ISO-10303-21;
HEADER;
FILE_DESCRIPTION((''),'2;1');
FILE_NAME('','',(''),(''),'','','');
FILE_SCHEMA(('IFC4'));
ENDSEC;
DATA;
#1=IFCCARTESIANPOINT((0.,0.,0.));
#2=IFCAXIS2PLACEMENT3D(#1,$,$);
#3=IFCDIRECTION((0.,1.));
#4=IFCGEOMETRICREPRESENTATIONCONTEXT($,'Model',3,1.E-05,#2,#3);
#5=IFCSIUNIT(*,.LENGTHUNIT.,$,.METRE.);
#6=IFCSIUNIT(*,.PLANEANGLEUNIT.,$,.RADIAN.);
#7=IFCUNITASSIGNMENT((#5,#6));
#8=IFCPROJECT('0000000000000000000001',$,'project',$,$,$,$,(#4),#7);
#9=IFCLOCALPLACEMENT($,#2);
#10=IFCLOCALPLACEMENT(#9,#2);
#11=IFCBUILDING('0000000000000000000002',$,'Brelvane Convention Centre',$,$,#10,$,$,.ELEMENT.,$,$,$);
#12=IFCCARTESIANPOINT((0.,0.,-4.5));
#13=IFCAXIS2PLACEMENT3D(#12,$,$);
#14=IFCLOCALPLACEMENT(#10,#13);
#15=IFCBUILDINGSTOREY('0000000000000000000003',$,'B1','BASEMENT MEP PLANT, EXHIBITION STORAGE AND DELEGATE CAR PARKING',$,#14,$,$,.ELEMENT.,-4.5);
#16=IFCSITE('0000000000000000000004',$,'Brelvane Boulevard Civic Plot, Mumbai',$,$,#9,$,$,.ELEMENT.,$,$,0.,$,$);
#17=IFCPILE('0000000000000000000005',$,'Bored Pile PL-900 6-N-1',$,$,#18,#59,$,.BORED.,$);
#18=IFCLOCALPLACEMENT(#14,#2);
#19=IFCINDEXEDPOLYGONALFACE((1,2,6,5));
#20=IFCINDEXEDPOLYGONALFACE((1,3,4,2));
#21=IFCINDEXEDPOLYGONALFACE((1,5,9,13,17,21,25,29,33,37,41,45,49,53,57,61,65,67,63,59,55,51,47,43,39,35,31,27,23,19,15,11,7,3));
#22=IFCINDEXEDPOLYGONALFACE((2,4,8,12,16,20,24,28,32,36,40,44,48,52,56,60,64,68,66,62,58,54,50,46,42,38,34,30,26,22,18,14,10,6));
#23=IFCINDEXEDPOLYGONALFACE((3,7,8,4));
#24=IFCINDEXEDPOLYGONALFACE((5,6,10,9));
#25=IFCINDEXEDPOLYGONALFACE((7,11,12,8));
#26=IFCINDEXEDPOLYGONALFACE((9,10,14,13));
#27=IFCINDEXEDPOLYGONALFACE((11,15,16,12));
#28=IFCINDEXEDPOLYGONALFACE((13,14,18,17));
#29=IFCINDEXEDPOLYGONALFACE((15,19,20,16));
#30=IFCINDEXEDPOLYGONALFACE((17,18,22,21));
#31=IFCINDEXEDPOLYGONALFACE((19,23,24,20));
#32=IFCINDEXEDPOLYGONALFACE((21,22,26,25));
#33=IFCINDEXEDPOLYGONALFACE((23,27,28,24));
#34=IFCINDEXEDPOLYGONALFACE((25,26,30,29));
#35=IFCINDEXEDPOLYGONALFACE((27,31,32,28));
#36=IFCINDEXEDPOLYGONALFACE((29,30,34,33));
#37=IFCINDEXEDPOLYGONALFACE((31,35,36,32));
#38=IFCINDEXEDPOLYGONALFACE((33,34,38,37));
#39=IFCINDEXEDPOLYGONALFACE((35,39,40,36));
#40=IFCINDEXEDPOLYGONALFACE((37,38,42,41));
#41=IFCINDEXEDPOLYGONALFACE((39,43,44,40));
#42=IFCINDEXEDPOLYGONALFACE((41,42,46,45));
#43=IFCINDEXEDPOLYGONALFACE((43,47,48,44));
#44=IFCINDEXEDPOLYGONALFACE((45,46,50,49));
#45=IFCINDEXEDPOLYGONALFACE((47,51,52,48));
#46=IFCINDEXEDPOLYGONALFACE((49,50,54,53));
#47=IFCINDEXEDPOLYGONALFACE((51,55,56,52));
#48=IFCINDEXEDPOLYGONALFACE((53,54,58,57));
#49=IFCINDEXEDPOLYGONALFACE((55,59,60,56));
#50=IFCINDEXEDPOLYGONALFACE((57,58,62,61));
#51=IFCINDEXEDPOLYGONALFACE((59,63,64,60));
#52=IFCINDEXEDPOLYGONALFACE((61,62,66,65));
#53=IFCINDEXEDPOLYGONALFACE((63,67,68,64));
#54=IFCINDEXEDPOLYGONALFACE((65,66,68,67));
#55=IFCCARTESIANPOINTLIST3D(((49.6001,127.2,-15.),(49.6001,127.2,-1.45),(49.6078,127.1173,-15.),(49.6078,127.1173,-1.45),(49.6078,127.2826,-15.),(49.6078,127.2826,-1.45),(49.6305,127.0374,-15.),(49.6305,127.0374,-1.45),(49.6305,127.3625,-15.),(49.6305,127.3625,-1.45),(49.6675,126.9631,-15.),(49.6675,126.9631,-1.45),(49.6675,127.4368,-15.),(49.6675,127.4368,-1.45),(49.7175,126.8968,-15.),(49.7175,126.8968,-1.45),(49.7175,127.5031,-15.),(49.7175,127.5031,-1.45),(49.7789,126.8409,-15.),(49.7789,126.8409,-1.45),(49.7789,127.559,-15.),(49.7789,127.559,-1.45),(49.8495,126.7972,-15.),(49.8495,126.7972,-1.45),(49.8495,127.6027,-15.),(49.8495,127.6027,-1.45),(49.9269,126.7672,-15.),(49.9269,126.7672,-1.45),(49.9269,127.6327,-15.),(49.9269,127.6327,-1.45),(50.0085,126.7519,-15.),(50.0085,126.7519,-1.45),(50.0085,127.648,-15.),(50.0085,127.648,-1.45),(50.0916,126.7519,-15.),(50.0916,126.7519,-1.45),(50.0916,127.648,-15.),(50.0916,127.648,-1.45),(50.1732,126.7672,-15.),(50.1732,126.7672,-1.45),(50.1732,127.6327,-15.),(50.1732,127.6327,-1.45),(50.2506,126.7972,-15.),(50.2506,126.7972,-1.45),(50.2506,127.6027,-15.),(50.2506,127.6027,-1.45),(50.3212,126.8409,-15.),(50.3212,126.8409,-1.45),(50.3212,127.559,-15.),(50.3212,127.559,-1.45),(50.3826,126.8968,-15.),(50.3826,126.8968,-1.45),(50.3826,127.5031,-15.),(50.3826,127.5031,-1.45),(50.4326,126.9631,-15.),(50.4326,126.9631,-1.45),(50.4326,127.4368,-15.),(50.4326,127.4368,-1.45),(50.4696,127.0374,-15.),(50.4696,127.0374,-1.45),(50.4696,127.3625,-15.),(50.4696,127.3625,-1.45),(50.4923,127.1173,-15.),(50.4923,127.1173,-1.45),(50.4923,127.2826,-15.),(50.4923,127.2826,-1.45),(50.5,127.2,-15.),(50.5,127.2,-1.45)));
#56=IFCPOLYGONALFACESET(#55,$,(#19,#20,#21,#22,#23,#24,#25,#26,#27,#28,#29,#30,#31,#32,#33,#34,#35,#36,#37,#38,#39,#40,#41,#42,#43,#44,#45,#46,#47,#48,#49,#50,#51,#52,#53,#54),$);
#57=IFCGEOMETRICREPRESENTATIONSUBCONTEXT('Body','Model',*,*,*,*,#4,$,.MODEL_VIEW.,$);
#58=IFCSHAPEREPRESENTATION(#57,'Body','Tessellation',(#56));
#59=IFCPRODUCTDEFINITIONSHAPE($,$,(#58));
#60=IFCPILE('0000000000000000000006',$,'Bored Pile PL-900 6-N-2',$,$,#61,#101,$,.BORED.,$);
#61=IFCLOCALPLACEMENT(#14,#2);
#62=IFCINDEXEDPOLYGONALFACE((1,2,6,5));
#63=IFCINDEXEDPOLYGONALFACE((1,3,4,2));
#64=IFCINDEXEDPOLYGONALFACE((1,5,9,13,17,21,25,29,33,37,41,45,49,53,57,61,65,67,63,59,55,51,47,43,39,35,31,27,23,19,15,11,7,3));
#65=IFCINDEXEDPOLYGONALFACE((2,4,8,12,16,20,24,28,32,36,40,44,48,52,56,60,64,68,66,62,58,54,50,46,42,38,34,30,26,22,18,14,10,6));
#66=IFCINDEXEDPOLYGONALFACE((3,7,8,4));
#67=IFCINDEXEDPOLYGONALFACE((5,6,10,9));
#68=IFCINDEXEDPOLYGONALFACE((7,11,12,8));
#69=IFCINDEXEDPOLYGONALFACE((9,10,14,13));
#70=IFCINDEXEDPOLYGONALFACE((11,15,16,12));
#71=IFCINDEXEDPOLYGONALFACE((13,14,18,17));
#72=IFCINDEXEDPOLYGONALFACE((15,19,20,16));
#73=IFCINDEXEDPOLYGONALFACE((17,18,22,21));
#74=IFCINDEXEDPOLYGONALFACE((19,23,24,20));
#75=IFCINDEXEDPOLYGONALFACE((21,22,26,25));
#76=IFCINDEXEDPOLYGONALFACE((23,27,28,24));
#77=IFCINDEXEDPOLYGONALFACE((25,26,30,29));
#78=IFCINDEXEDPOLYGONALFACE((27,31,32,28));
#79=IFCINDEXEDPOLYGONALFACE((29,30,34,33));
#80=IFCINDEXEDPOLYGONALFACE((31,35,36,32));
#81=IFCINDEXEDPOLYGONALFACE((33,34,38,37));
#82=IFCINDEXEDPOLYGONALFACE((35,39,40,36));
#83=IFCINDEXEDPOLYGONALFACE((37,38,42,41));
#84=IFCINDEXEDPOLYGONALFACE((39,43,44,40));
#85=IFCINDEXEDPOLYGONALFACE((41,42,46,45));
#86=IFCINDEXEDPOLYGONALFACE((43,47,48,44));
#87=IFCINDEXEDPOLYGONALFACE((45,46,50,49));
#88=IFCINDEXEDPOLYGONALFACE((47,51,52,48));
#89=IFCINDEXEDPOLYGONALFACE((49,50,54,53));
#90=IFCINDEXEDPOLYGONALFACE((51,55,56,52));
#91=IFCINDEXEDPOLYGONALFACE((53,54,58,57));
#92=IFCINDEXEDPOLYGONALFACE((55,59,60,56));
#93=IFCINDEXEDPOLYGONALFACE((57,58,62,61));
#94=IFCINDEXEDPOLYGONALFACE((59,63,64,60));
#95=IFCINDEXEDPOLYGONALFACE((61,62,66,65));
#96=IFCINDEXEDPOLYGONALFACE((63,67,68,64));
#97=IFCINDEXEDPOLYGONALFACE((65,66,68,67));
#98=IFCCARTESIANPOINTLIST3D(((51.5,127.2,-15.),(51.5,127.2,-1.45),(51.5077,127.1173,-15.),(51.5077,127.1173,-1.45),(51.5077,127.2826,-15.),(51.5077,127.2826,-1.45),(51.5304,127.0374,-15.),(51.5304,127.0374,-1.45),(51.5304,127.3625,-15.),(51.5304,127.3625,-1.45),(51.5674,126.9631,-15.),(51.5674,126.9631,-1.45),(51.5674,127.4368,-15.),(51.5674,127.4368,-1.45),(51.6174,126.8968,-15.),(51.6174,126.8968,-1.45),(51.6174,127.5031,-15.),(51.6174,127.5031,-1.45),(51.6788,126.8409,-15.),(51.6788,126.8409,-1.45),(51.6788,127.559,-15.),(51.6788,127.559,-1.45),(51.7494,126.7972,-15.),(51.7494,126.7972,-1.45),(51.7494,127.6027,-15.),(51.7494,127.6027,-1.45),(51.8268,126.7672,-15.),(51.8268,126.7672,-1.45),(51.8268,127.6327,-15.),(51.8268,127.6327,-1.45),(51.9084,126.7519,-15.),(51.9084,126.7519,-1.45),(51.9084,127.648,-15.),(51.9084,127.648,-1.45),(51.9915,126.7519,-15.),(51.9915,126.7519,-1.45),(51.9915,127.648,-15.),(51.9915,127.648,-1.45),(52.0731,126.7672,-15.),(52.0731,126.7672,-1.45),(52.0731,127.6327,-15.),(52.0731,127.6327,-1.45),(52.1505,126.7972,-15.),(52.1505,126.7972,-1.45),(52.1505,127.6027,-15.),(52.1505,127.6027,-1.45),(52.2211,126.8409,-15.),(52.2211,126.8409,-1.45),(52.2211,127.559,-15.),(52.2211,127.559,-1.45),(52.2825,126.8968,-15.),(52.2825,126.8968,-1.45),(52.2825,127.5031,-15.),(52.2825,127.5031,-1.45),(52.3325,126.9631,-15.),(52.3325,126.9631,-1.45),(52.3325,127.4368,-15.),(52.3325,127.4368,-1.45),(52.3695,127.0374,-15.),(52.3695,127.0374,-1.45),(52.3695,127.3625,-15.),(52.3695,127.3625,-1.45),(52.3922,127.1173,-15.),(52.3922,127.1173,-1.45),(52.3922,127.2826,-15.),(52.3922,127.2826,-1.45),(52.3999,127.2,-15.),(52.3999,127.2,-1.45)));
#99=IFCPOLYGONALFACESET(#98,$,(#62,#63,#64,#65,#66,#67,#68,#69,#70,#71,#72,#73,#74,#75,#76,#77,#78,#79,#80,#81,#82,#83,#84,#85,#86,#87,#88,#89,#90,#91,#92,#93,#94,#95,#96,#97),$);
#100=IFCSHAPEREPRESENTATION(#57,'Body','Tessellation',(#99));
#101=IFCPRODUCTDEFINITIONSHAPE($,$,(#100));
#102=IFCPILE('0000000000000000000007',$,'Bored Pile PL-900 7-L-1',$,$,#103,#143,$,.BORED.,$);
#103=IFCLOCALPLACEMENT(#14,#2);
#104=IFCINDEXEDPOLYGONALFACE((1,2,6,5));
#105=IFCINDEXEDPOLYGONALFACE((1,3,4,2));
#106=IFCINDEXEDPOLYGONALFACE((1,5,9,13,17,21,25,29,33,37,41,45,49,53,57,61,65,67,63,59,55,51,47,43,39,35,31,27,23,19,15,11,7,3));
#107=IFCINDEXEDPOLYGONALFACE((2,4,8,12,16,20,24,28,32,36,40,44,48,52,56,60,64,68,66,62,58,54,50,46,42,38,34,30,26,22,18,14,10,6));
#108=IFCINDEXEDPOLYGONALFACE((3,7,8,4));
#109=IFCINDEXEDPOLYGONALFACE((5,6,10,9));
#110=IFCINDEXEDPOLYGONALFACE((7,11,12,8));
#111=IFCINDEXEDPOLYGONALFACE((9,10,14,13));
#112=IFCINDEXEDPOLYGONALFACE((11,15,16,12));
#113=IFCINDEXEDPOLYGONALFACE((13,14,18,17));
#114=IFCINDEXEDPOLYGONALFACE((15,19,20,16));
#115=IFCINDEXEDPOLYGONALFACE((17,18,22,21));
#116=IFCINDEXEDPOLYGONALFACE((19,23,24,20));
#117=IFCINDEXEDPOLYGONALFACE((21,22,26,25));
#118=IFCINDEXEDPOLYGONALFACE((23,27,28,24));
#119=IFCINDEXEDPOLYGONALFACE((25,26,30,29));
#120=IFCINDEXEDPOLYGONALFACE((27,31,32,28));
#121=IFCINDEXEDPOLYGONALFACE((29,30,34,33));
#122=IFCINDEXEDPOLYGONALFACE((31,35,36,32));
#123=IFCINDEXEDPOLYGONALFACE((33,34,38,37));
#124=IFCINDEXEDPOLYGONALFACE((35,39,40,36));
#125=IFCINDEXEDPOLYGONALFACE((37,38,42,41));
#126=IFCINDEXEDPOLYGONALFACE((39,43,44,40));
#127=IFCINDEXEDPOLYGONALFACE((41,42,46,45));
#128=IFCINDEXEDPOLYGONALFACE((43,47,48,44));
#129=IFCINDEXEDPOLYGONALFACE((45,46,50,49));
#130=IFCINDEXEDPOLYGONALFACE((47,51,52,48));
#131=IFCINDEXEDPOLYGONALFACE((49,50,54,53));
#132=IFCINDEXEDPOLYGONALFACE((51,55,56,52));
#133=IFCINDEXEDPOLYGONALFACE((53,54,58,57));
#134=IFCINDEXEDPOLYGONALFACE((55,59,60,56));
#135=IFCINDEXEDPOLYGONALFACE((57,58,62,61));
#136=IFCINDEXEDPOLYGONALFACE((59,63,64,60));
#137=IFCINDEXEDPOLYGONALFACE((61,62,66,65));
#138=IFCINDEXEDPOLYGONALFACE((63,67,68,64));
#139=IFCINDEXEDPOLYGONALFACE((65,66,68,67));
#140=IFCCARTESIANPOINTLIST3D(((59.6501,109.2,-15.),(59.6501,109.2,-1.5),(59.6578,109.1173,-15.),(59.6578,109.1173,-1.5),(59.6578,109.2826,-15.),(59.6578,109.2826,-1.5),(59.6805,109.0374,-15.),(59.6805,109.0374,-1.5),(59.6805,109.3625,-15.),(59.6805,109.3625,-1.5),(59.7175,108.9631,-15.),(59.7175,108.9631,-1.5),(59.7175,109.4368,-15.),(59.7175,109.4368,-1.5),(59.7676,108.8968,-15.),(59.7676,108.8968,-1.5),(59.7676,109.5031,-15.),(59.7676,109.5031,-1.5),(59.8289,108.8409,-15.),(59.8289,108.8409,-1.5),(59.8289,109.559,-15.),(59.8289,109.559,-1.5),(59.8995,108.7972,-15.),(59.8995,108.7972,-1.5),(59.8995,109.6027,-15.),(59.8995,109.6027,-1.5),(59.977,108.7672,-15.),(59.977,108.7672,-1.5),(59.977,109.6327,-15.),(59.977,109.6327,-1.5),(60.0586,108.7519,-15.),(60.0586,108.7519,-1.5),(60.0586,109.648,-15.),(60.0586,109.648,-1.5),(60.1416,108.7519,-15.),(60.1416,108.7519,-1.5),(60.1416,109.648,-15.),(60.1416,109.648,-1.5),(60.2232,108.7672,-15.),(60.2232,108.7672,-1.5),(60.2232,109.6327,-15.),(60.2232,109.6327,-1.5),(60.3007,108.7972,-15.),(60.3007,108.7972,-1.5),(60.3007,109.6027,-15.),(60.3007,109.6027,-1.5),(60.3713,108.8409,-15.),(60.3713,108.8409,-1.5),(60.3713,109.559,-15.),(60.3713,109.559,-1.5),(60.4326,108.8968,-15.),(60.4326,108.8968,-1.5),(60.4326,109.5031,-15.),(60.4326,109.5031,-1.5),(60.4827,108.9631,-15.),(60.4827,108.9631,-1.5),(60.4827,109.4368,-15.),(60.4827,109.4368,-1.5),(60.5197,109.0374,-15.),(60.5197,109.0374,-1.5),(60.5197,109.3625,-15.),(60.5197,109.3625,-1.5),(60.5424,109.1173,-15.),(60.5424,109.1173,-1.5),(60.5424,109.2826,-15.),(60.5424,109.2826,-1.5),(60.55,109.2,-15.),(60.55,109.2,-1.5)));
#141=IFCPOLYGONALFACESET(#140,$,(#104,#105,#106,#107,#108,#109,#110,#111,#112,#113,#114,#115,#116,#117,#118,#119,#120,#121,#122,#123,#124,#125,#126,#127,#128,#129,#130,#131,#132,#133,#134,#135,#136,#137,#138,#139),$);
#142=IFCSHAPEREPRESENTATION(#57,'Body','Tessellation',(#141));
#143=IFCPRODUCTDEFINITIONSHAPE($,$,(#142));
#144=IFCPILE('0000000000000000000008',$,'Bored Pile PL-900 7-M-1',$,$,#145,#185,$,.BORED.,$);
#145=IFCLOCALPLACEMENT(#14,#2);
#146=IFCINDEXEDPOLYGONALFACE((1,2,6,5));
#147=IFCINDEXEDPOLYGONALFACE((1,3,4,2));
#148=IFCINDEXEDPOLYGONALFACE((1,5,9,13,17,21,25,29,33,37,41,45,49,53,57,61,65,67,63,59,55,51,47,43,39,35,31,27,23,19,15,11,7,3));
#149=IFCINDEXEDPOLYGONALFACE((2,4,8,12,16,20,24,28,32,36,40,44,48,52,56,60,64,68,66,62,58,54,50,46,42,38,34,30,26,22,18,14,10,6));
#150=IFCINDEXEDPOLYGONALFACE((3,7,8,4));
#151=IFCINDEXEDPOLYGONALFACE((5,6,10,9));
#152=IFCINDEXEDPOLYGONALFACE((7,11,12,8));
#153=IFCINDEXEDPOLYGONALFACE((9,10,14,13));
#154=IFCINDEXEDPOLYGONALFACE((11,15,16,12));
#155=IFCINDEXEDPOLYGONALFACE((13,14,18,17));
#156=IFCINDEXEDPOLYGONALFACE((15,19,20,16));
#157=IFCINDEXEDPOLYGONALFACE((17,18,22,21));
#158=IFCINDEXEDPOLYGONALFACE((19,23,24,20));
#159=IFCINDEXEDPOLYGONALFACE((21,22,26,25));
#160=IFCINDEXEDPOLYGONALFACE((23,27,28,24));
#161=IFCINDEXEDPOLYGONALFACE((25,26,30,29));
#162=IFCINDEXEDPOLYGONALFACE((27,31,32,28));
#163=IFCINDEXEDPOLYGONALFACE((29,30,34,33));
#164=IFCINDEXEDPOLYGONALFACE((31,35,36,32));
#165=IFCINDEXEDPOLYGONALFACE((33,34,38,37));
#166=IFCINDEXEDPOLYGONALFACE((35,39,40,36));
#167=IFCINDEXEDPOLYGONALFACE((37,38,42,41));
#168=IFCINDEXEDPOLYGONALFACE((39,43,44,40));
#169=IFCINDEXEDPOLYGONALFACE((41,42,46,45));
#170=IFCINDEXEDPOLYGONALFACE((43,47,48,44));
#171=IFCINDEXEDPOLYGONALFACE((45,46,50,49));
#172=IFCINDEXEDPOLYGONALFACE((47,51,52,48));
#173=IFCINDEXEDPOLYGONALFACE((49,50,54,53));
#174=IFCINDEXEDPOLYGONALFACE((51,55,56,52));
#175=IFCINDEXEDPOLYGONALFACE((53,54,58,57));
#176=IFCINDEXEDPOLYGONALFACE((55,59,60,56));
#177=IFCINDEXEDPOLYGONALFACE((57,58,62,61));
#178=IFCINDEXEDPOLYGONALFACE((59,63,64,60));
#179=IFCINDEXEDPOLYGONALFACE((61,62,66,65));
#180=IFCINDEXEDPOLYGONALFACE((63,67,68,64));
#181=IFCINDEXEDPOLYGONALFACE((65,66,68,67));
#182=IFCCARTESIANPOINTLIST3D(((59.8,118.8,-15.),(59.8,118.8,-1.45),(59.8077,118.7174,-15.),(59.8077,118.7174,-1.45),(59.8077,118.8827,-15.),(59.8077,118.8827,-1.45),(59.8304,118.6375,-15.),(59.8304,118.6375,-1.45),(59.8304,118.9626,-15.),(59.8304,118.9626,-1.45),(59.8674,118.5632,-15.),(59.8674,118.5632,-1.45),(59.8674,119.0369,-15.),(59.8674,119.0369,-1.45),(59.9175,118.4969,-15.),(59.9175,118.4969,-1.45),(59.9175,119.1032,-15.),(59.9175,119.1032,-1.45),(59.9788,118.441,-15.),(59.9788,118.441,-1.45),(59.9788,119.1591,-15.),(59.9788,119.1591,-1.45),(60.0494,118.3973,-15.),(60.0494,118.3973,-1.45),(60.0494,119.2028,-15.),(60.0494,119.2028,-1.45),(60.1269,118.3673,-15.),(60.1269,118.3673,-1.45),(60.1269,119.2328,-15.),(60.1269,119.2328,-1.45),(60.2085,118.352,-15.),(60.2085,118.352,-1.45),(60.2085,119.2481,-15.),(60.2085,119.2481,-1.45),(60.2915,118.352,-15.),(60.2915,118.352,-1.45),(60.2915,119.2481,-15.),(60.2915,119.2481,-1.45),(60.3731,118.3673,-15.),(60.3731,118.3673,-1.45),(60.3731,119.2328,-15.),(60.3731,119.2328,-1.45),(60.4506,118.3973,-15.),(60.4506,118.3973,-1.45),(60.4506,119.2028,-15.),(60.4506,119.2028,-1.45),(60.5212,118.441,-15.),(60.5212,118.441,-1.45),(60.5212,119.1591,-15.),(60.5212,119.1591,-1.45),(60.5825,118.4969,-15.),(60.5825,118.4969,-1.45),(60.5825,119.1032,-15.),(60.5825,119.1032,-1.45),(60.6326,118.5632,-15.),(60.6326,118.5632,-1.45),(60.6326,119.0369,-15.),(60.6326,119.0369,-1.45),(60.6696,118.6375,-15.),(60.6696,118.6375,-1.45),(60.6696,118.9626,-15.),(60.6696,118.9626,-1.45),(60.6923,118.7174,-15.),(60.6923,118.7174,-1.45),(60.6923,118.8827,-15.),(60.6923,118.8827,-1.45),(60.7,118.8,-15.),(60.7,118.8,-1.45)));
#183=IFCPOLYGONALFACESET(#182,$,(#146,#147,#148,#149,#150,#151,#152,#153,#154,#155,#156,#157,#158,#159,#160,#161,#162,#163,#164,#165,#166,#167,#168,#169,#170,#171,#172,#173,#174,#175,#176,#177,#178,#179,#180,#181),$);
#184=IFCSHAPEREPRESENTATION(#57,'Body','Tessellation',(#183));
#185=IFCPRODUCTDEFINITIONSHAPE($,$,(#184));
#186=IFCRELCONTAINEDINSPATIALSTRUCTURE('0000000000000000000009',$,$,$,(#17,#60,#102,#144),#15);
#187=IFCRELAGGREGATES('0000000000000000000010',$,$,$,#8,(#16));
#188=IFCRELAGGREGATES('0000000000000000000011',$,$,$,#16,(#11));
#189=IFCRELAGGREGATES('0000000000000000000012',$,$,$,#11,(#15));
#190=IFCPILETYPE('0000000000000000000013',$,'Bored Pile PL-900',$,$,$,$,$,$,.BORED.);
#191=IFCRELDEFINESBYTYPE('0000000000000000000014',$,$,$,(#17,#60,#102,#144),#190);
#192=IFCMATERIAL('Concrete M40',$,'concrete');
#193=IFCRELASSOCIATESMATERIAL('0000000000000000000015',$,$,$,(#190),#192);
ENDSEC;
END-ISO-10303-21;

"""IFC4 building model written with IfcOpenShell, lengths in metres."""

from ifc_helpers import new_model, si_unit, direction, frame, origin, origin_2d, place, context, subcontext, project, spatial, circle, extrude, material, material_profile, profile_set, type_object, element, save


model = new_model("IFC4")

# Units and contexts
model_context = context("Model", 3, precision=1e-05, world=origin(), true_north=direction((0.0, 1.0)))
body_context = subcontext(model_context, "Body", "Model", "MODEL_VIEW")
ifc_project = project(units=[si_unit("LENGTHUNIT", "METRE"), si_unit("PLANEANGLEUNIT", "RADIAN")], contexts=[model_context])

# Site, building, storey
site_placement = place(None, origin())
site = spatial("IfcSite", under=ifc_project, at=site_placement, Name="Brelvane Boulevard Civic Plot, Mumbai", CompositionType="ELEMENT", RefElevation=0.0)
building_placement = place(site_placement, origin())
building = spatial("IfcBuilding", under=site, at=building_placement, Name="Brelvane Convention Centre", CompositionType="ELEMENT")
storey_placement = place(building_placement, frame((0.0, 0.0, -4.5)))
storey = spatial("IfcBuildingStorey", under=building, at=storey_placement, Name="B1", Description="BASEMENT MEP PLANT, EXHIBITION STORAGE AND DELEGATE CAR PARKING", CompositionType="ELEMENT", Elevation=-4.5)

# Piles
ifc_material_1 = material(Name="Concrete M40", Category="concrete")
ifc_material_profile_1 = material_profile(ifc_material_1, circle(Radius=0.45, at=origin_2d()), Name="PILE D900")
ifc_profile_set_1 = profile_set([ifc_material_profile_1], Name="Concrete M40")
pile_type = type_object("IfcPileType", Name="Bored Pile PL-900", PredefinedType="BORED", material=ifc_profile_set_1)
for number, where, z_axis, x_axis, name in (
    (1, (50.05, 127.2, -1.45), (0.0, 0.0, -1.0), (1.0, 0.0, 0.0), "Bored Pile PL-900 6-N-1"),
    (2, (51.95, 127.2, -1.45), (0.0, 0.0, -1.0), (1.0, 0.0, 0.0), "Bored Pile PL-900 6-N-2"),
):
    element("IfcPile", number, at=place(storey_placement, frame(where, z_axis=z_axis, x_axis=x_axis)), inside=storey, type_object=pile_type, Name=name, PredefinedType="BORED", context=body_context, shape_type="SweptSolid", body=[
        extrude(circle(Radius=0.45, at=origin_2d()), origin(), (0.0, 0.0, 1.0), 13.55),
    ])
pile_1_placement = place(storey_placement, frame((60.1001, 109.2, -1.5), z_axis=(0.0, 0.0, -1.0), x_axis=(1.0, 0.0, 0.0)))
element("IfcPile", 3, at=pile_1_placement, inside=storey, type_object=pile_type, Name="Bored Pile PL-900 7-L-1", PredefinedType="BORED", context=body_context, shape_type="SweptSolid", body=[
    extrude(circle(Radius=0.45, at=origin_2d()), origin(), (0.0, 0.0, 1.0), 13.5),
])
pile_2_placement = place(storey_placement, frame((60.25, 118.8, -1.45), z_axis=(0.0, 0.0, -1.0), x_axis=(1.0, 0.0, 0.0)))
element("IfcPile", 4, at=pile_2_placement, inside=storey, type_object=pile_type, Name="Bored Pile PL-900 7-M-1", PredefinedType="BORED", context=body_context, shape_type="SweptSolid", body=[
    extrude(circle(Radius=0.45, at=origin_2d()), origin(), (0.0, 0.0, 1.0), 13.55),
])

save(model, "model.ifc")
